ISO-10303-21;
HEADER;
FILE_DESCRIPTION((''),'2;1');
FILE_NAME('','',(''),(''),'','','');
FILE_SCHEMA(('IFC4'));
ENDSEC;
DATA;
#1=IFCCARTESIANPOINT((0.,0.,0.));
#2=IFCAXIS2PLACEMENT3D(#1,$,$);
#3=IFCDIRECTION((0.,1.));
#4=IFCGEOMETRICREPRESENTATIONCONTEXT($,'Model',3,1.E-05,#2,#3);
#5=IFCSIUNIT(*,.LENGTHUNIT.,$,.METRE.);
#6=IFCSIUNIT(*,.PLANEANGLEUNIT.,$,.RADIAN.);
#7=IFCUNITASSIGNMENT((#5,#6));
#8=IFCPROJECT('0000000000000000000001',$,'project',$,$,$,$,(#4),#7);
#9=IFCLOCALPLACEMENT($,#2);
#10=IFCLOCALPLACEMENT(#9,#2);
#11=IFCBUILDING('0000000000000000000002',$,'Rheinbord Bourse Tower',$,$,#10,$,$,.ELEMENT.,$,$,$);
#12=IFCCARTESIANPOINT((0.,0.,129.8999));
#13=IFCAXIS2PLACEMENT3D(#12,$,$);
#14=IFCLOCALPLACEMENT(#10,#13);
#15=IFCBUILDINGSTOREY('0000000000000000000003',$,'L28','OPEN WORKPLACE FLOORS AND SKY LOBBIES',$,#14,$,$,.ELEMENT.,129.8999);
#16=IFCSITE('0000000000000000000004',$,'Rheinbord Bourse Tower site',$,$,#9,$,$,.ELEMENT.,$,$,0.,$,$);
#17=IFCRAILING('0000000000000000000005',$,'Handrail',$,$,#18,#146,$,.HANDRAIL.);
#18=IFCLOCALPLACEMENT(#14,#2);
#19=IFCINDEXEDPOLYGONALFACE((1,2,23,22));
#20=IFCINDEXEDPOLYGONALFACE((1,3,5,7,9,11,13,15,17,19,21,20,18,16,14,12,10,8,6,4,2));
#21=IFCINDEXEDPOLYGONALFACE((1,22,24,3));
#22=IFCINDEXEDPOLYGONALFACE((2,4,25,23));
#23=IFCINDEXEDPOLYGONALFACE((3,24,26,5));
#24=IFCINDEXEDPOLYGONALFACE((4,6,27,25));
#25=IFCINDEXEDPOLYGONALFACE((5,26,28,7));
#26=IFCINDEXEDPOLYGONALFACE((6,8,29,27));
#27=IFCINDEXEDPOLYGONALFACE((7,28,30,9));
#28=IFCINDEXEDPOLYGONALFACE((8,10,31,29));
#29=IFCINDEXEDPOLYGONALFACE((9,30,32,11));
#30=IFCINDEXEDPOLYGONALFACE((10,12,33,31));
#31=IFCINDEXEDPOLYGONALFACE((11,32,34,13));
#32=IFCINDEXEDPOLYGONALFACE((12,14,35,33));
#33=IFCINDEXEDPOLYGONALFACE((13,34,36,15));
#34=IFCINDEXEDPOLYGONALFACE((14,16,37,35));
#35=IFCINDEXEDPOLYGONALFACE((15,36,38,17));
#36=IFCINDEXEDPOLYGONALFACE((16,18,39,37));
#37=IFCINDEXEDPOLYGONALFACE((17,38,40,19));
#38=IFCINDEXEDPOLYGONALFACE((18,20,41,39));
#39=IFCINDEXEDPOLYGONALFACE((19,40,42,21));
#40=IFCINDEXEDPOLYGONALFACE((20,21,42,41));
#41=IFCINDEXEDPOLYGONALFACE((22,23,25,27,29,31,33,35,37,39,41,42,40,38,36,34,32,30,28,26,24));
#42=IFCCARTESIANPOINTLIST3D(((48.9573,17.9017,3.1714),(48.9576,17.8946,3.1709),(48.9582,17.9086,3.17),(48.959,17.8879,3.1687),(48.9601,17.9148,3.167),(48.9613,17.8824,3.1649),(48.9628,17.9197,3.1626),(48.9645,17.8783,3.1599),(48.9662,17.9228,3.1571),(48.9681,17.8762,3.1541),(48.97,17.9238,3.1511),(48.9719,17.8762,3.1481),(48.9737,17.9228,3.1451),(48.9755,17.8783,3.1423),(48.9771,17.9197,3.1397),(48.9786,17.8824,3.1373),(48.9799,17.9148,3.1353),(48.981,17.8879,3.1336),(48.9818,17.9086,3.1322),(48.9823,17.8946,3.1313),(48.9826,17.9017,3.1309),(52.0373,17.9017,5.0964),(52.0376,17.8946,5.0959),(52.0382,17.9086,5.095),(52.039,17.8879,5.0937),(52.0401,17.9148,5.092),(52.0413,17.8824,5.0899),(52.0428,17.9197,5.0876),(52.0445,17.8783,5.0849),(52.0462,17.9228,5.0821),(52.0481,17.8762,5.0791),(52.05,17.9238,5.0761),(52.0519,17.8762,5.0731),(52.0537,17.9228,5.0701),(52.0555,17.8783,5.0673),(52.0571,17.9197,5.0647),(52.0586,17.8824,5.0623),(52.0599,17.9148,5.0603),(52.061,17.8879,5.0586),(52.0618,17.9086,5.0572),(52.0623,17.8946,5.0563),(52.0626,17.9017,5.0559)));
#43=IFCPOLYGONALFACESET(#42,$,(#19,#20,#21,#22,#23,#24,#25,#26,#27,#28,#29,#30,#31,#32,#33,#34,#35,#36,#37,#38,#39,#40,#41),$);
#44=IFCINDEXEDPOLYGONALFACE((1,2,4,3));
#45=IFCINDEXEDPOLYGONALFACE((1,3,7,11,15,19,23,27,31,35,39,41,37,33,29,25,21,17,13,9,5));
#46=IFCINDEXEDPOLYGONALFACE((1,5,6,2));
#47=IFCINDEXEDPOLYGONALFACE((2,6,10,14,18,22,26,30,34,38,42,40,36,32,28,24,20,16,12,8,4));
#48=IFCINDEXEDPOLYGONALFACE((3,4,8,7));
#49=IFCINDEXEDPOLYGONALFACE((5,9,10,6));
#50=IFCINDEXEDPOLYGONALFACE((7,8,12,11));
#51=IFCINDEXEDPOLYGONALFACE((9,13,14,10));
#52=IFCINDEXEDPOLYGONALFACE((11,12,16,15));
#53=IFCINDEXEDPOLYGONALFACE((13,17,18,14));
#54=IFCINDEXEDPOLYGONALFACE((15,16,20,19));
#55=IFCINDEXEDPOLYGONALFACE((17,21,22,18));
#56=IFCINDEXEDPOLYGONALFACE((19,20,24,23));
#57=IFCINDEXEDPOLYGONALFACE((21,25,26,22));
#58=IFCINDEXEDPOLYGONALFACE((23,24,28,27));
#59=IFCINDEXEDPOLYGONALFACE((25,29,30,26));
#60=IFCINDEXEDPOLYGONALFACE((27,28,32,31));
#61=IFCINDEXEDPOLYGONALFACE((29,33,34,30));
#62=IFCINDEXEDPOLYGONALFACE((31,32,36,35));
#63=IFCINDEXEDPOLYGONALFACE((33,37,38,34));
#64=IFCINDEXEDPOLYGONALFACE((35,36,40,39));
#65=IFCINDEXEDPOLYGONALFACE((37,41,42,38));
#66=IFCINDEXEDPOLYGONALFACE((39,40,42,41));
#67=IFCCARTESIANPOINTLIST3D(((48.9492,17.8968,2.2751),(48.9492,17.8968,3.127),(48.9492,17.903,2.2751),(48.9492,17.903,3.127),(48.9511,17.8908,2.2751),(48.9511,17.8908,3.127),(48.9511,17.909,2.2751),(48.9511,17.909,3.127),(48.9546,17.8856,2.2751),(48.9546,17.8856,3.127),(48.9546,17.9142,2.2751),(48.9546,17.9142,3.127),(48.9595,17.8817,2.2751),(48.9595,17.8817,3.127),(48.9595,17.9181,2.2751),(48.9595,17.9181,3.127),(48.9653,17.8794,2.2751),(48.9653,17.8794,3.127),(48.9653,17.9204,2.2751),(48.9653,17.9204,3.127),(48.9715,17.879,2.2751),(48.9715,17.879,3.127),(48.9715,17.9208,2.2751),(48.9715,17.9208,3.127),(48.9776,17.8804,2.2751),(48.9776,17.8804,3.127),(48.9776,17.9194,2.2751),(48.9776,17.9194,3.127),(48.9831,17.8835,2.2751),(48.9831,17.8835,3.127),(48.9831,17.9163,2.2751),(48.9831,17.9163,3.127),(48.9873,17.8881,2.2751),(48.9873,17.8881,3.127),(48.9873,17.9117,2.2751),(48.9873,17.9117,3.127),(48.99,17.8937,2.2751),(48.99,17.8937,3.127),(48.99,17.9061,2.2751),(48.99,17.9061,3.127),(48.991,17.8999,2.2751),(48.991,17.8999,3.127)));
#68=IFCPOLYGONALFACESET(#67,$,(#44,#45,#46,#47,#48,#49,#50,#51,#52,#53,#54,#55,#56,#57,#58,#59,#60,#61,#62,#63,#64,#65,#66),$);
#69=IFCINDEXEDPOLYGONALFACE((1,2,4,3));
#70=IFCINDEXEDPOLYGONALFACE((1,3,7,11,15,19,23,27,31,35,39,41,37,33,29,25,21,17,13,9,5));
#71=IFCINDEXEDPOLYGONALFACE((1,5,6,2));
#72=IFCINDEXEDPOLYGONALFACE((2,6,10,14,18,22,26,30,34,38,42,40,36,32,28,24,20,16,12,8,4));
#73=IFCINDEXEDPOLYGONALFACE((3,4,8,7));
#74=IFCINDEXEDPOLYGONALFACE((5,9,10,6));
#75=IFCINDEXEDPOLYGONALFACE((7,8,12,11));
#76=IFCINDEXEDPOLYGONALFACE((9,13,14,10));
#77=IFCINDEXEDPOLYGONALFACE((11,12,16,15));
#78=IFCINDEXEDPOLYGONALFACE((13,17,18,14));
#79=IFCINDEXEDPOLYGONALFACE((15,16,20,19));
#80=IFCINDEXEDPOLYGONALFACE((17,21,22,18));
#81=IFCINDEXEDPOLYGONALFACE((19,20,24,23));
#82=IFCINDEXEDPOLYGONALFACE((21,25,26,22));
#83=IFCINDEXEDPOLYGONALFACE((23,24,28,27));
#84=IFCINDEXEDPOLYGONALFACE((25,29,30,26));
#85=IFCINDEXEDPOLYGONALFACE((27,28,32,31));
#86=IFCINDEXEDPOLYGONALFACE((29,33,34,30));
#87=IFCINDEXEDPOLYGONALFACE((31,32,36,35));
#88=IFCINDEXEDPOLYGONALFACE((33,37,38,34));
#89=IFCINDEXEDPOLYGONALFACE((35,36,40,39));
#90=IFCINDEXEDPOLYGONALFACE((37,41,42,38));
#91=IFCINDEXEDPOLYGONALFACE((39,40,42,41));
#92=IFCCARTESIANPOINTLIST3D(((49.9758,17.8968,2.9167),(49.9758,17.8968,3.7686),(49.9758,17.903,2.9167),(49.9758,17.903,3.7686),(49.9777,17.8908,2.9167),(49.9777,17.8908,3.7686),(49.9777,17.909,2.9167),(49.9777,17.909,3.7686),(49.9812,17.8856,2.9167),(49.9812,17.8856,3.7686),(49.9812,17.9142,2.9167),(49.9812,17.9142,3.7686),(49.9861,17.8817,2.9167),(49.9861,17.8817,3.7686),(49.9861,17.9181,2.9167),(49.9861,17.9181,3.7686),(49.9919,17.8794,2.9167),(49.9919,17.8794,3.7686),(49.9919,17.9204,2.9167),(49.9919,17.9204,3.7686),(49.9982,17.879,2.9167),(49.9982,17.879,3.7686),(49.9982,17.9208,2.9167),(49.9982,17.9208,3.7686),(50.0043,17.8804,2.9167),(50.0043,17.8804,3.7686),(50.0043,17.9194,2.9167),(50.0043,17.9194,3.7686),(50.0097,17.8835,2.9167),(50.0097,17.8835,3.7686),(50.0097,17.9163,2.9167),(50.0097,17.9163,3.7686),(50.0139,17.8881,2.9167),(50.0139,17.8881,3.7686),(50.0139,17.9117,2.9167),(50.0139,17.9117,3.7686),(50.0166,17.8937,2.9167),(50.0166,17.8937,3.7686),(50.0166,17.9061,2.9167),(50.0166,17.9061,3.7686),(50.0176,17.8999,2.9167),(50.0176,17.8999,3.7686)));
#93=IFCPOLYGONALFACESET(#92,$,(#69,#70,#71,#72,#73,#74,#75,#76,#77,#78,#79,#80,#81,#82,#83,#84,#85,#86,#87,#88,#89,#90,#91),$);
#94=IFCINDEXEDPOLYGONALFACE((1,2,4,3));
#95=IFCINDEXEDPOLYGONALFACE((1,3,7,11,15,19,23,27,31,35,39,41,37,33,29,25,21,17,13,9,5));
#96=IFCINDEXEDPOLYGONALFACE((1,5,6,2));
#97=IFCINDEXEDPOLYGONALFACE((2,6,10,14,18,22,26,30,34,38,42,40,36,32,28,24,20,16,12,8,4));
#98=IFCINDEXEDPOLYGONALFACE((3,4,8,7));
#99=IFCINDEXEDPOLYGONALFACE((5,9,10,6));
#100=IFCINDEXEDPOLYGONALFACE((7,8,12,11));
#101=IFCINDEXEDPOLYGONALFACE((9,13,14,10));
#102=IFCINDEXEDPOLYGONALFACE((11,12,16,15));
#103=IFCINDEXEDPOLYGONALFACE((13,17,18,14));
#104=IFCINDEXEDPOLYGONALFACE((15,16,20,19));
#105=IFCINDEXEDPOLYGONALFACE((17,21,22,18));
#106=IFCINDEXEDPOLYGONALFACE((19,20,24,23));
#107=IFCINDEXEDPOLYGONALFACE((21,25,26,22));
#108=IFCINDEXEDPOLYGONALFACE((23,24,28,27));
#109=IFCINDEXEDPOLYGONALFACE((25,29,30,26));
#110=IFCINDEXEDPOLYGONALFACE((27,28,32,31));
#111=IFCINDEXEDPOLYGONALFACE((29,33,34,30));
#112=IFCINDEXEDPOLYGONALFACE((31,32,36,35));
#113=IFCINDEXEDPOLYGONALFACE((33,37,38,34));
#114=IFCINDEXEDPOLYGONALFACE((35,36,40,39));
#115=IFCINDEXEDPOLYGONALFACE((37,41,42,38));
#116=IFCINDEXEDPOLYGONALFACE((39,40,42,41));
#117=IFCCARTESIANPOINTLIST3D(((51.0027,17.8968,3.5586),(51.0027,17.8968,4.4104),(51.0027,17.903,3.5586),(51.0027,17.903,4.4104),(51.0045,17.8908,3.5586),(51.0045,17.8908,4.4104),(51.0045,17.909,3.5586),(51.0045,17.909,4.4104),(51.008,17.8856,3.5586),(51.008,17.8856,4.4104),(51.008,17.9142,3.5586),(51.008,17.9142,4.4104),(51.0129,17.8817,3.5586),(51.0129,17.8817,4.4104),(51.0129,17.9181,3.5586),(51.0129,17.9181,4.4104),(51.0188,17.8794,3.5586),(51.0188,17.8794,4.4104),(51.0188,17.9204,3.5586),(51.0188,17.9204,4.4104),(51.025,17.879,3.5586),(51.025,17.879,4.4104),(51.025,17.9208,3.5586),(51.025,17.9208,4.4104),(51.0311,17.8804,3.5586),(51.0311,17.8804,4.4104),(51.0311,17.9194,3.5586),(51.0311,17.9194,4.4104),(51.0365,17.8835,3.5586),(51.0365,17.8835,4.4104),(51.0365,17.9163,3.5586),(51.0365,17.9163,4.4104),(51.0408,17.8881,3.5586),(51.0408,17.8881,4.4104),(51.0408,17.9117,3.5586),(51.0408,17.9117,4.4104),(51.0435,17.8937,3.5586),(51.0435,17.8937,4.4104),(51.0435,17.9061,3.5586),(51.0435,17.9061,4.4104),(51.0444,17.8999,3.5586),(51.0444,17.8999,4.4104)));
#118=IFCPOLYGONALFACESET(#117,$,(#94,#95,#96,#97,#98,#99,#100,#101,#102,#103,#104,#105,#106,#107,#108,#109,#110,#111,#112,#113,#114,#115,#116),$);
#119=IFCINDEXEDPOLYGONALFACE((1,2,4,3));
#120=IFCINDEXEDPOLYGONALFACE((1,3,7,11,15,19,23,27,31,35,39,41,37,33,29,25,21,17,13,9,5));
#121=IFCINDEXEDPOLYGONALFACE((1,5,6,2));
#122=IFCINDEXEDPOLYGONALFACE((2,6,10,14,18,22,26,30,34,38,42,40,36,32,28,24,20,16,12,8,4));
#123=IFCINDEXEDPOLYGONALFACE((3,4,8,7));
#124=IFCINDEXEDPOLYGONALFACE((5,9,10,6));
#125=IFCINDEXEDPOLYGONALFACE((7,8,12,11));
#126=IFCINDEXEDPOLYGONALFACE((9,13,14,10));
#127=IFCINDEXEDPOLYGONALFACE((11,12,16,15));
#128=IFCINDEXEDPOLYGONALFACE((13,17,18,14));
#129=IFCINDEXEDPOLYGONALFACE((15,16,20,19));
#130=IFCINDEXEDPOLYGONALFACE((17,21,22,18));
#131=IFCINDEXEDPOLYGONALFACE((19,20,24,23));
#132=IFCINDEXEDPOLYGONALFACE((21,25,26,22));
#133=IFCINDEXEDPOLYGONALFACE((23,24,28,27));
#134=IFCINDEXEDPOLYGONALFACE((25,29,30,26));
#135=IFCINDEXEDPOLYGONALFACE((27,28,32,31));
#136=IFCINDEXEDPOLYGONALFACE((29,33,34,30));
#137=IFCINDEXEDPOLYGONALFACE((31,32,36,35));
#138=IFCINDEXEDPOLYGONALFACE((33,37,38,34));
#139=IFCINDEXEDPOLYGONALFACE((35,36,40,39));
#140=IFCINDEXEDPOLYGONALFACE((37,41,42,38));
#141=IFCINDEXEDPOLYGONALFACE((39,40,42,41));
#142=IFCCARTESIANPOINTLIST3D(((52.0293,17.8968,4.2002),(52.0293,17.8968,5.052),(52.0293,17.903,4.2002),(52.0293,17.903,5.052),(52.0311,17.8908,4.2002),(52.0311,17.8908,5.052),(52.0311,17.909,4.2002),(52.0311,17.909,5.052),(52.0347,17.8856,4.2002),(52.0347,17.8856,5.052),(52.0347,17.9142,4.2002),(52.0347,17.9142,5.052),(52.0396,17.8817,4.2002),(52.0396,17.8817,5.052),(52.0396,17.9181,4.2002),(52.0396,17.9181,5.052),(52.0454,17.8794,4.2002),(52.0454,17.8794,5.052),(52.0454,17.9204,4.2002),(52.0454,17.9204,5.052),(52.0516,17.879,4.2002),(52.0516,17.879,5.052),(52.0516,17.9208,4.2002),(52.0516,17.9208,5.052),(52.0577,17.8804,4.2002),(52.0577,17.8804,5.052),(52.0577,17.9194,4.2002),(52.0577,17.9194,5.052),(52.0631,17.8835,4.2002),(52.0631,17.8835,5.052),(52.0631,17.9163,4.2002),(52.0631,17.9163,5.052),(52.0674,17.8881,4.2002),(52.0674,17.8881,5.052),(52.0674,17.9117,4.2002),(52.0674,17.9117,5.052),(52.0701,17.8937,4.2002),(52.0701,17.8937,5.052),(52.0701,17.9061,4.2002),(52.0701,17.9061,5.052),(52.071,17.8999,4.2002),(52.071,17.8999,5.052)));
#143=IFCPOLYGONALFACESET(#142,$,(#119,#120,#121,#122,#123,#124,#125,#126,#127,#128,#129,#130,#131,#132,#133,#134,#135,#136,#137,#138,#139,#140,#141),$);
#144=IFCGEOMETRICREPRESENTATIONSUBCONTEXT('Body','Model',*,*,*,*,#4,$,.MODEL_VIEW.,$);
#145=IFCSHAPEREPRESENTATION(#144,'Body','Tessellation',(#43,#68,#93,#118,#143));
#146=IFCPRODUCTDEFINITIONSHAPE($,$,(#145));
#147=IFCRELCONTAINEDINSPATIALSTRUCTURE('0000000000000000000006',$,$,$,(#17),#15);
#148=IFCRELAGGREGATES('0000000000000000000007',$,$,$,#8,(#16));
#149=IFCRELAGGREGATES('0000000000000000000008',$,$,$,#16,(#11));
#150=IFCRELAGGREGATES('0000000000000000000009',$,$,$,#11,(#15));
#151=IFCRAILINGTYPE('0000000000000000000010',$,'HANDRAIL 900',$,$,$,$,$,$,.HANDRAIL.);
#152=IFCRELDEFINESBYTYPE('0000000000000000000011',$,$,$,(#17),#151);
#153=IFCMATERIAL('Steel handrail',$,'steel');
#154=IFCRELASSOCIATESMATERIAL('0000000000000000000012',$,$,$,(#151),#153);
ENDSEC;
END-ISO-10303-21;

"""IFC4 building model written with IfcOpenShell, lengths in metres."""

from ifc_helpers import new_model, si_unit, direction, frame, origin, origin_2d, place, context, subcontext, project, spatial, circle, extrude, material, type_object, element, save


model = new_model("IFC4")

# Units and contexts
model_context = context("Model", 3, precision=1e-05, world=origin(), true_north=direction((0.0, 1.0)))
body_context = subcontext(model_context, "Body", "Model", "MODEL_VIEW")
ifc_project = project(units=[si_unit("LENGTHUNIT", "METRE"), si_unit("PLANEANGLEUNIT", "RADIAN")], contexts=[model_context])

# Site, building, storey
site_placement = place(None, origin())
site = spatial("IfcSite", under=ifc_project, at=site_placement, Name="Rheinbord Bourse Tower site", CompositionType="ELEMENT", RefElevation=0.0)
building_placement = place(site_placement, origin())
building = spatial("IfcBuilding", under=site, at=building_placement, Name="Rheinbord Bourse Tower", CompositionType="ELEMENT")
storey_placement = place(building_placement, frame((0.0, 0.0, 129.8999)))
storey = spatial("IfcBuildingStorey", under=building, at=storey_placement, Name="L28", Description="OPEN WORKPLACE FLOORS AND SKY LOBBIES", CompositionType="ELEMENT", Elevation=129.8999)

# Railing
ifc_material_1 = material(Name="Steel handrail", Category="steel")
railing_type = type_object("IfcRailingType", Name="HANDRAIL 900", PredefinedType="HANDRAIL", material=ifc_material_1)
railing_1_placement = place(storey_placement, frame((48.97, 17.8999, 2.2751)))
element("IfcRailing", 1, at=railing_1_placement, inside=storey, type_object=railing_type, Name="Handrail", PredefinedType="HANDRAIL", context=body_context, shape_type="SweptSolid", body=[
    extrude(circle(Radius=0.0239, at=origin_2d()), frame((0.0, 0.0, 0.876), z_axis=(0.847998, 0.0, 0.529999), x_axis=(0.0, 1.0, 0.0)), (0.0, 0.0, 1.0), 3.6321),
    extrude(circle(Radius=0.021, at=origin_2d()), origin(), (0.0, 0.0, 1.0), 0.8518),
    extrude(circle(Radius=0.021, at=origin_2d()), frame((1.0266, 0.0, 0.6416)), (0.0, 0.0, 1.0), 0.8518),
    extrude(circle(Radius=0.021, at=origin_2d()), frame((2.0535, 0.0, 1.2834)), (0.0, 0.0, 1.0), 0.8518),
    extrude(circle(Radius=0.021, at=origin_2d()), frame((3.0801, 0.0, 1.925)), (0.0, 0.0, 1.0), 0.8518),
])

save(model, "model.ifc")
